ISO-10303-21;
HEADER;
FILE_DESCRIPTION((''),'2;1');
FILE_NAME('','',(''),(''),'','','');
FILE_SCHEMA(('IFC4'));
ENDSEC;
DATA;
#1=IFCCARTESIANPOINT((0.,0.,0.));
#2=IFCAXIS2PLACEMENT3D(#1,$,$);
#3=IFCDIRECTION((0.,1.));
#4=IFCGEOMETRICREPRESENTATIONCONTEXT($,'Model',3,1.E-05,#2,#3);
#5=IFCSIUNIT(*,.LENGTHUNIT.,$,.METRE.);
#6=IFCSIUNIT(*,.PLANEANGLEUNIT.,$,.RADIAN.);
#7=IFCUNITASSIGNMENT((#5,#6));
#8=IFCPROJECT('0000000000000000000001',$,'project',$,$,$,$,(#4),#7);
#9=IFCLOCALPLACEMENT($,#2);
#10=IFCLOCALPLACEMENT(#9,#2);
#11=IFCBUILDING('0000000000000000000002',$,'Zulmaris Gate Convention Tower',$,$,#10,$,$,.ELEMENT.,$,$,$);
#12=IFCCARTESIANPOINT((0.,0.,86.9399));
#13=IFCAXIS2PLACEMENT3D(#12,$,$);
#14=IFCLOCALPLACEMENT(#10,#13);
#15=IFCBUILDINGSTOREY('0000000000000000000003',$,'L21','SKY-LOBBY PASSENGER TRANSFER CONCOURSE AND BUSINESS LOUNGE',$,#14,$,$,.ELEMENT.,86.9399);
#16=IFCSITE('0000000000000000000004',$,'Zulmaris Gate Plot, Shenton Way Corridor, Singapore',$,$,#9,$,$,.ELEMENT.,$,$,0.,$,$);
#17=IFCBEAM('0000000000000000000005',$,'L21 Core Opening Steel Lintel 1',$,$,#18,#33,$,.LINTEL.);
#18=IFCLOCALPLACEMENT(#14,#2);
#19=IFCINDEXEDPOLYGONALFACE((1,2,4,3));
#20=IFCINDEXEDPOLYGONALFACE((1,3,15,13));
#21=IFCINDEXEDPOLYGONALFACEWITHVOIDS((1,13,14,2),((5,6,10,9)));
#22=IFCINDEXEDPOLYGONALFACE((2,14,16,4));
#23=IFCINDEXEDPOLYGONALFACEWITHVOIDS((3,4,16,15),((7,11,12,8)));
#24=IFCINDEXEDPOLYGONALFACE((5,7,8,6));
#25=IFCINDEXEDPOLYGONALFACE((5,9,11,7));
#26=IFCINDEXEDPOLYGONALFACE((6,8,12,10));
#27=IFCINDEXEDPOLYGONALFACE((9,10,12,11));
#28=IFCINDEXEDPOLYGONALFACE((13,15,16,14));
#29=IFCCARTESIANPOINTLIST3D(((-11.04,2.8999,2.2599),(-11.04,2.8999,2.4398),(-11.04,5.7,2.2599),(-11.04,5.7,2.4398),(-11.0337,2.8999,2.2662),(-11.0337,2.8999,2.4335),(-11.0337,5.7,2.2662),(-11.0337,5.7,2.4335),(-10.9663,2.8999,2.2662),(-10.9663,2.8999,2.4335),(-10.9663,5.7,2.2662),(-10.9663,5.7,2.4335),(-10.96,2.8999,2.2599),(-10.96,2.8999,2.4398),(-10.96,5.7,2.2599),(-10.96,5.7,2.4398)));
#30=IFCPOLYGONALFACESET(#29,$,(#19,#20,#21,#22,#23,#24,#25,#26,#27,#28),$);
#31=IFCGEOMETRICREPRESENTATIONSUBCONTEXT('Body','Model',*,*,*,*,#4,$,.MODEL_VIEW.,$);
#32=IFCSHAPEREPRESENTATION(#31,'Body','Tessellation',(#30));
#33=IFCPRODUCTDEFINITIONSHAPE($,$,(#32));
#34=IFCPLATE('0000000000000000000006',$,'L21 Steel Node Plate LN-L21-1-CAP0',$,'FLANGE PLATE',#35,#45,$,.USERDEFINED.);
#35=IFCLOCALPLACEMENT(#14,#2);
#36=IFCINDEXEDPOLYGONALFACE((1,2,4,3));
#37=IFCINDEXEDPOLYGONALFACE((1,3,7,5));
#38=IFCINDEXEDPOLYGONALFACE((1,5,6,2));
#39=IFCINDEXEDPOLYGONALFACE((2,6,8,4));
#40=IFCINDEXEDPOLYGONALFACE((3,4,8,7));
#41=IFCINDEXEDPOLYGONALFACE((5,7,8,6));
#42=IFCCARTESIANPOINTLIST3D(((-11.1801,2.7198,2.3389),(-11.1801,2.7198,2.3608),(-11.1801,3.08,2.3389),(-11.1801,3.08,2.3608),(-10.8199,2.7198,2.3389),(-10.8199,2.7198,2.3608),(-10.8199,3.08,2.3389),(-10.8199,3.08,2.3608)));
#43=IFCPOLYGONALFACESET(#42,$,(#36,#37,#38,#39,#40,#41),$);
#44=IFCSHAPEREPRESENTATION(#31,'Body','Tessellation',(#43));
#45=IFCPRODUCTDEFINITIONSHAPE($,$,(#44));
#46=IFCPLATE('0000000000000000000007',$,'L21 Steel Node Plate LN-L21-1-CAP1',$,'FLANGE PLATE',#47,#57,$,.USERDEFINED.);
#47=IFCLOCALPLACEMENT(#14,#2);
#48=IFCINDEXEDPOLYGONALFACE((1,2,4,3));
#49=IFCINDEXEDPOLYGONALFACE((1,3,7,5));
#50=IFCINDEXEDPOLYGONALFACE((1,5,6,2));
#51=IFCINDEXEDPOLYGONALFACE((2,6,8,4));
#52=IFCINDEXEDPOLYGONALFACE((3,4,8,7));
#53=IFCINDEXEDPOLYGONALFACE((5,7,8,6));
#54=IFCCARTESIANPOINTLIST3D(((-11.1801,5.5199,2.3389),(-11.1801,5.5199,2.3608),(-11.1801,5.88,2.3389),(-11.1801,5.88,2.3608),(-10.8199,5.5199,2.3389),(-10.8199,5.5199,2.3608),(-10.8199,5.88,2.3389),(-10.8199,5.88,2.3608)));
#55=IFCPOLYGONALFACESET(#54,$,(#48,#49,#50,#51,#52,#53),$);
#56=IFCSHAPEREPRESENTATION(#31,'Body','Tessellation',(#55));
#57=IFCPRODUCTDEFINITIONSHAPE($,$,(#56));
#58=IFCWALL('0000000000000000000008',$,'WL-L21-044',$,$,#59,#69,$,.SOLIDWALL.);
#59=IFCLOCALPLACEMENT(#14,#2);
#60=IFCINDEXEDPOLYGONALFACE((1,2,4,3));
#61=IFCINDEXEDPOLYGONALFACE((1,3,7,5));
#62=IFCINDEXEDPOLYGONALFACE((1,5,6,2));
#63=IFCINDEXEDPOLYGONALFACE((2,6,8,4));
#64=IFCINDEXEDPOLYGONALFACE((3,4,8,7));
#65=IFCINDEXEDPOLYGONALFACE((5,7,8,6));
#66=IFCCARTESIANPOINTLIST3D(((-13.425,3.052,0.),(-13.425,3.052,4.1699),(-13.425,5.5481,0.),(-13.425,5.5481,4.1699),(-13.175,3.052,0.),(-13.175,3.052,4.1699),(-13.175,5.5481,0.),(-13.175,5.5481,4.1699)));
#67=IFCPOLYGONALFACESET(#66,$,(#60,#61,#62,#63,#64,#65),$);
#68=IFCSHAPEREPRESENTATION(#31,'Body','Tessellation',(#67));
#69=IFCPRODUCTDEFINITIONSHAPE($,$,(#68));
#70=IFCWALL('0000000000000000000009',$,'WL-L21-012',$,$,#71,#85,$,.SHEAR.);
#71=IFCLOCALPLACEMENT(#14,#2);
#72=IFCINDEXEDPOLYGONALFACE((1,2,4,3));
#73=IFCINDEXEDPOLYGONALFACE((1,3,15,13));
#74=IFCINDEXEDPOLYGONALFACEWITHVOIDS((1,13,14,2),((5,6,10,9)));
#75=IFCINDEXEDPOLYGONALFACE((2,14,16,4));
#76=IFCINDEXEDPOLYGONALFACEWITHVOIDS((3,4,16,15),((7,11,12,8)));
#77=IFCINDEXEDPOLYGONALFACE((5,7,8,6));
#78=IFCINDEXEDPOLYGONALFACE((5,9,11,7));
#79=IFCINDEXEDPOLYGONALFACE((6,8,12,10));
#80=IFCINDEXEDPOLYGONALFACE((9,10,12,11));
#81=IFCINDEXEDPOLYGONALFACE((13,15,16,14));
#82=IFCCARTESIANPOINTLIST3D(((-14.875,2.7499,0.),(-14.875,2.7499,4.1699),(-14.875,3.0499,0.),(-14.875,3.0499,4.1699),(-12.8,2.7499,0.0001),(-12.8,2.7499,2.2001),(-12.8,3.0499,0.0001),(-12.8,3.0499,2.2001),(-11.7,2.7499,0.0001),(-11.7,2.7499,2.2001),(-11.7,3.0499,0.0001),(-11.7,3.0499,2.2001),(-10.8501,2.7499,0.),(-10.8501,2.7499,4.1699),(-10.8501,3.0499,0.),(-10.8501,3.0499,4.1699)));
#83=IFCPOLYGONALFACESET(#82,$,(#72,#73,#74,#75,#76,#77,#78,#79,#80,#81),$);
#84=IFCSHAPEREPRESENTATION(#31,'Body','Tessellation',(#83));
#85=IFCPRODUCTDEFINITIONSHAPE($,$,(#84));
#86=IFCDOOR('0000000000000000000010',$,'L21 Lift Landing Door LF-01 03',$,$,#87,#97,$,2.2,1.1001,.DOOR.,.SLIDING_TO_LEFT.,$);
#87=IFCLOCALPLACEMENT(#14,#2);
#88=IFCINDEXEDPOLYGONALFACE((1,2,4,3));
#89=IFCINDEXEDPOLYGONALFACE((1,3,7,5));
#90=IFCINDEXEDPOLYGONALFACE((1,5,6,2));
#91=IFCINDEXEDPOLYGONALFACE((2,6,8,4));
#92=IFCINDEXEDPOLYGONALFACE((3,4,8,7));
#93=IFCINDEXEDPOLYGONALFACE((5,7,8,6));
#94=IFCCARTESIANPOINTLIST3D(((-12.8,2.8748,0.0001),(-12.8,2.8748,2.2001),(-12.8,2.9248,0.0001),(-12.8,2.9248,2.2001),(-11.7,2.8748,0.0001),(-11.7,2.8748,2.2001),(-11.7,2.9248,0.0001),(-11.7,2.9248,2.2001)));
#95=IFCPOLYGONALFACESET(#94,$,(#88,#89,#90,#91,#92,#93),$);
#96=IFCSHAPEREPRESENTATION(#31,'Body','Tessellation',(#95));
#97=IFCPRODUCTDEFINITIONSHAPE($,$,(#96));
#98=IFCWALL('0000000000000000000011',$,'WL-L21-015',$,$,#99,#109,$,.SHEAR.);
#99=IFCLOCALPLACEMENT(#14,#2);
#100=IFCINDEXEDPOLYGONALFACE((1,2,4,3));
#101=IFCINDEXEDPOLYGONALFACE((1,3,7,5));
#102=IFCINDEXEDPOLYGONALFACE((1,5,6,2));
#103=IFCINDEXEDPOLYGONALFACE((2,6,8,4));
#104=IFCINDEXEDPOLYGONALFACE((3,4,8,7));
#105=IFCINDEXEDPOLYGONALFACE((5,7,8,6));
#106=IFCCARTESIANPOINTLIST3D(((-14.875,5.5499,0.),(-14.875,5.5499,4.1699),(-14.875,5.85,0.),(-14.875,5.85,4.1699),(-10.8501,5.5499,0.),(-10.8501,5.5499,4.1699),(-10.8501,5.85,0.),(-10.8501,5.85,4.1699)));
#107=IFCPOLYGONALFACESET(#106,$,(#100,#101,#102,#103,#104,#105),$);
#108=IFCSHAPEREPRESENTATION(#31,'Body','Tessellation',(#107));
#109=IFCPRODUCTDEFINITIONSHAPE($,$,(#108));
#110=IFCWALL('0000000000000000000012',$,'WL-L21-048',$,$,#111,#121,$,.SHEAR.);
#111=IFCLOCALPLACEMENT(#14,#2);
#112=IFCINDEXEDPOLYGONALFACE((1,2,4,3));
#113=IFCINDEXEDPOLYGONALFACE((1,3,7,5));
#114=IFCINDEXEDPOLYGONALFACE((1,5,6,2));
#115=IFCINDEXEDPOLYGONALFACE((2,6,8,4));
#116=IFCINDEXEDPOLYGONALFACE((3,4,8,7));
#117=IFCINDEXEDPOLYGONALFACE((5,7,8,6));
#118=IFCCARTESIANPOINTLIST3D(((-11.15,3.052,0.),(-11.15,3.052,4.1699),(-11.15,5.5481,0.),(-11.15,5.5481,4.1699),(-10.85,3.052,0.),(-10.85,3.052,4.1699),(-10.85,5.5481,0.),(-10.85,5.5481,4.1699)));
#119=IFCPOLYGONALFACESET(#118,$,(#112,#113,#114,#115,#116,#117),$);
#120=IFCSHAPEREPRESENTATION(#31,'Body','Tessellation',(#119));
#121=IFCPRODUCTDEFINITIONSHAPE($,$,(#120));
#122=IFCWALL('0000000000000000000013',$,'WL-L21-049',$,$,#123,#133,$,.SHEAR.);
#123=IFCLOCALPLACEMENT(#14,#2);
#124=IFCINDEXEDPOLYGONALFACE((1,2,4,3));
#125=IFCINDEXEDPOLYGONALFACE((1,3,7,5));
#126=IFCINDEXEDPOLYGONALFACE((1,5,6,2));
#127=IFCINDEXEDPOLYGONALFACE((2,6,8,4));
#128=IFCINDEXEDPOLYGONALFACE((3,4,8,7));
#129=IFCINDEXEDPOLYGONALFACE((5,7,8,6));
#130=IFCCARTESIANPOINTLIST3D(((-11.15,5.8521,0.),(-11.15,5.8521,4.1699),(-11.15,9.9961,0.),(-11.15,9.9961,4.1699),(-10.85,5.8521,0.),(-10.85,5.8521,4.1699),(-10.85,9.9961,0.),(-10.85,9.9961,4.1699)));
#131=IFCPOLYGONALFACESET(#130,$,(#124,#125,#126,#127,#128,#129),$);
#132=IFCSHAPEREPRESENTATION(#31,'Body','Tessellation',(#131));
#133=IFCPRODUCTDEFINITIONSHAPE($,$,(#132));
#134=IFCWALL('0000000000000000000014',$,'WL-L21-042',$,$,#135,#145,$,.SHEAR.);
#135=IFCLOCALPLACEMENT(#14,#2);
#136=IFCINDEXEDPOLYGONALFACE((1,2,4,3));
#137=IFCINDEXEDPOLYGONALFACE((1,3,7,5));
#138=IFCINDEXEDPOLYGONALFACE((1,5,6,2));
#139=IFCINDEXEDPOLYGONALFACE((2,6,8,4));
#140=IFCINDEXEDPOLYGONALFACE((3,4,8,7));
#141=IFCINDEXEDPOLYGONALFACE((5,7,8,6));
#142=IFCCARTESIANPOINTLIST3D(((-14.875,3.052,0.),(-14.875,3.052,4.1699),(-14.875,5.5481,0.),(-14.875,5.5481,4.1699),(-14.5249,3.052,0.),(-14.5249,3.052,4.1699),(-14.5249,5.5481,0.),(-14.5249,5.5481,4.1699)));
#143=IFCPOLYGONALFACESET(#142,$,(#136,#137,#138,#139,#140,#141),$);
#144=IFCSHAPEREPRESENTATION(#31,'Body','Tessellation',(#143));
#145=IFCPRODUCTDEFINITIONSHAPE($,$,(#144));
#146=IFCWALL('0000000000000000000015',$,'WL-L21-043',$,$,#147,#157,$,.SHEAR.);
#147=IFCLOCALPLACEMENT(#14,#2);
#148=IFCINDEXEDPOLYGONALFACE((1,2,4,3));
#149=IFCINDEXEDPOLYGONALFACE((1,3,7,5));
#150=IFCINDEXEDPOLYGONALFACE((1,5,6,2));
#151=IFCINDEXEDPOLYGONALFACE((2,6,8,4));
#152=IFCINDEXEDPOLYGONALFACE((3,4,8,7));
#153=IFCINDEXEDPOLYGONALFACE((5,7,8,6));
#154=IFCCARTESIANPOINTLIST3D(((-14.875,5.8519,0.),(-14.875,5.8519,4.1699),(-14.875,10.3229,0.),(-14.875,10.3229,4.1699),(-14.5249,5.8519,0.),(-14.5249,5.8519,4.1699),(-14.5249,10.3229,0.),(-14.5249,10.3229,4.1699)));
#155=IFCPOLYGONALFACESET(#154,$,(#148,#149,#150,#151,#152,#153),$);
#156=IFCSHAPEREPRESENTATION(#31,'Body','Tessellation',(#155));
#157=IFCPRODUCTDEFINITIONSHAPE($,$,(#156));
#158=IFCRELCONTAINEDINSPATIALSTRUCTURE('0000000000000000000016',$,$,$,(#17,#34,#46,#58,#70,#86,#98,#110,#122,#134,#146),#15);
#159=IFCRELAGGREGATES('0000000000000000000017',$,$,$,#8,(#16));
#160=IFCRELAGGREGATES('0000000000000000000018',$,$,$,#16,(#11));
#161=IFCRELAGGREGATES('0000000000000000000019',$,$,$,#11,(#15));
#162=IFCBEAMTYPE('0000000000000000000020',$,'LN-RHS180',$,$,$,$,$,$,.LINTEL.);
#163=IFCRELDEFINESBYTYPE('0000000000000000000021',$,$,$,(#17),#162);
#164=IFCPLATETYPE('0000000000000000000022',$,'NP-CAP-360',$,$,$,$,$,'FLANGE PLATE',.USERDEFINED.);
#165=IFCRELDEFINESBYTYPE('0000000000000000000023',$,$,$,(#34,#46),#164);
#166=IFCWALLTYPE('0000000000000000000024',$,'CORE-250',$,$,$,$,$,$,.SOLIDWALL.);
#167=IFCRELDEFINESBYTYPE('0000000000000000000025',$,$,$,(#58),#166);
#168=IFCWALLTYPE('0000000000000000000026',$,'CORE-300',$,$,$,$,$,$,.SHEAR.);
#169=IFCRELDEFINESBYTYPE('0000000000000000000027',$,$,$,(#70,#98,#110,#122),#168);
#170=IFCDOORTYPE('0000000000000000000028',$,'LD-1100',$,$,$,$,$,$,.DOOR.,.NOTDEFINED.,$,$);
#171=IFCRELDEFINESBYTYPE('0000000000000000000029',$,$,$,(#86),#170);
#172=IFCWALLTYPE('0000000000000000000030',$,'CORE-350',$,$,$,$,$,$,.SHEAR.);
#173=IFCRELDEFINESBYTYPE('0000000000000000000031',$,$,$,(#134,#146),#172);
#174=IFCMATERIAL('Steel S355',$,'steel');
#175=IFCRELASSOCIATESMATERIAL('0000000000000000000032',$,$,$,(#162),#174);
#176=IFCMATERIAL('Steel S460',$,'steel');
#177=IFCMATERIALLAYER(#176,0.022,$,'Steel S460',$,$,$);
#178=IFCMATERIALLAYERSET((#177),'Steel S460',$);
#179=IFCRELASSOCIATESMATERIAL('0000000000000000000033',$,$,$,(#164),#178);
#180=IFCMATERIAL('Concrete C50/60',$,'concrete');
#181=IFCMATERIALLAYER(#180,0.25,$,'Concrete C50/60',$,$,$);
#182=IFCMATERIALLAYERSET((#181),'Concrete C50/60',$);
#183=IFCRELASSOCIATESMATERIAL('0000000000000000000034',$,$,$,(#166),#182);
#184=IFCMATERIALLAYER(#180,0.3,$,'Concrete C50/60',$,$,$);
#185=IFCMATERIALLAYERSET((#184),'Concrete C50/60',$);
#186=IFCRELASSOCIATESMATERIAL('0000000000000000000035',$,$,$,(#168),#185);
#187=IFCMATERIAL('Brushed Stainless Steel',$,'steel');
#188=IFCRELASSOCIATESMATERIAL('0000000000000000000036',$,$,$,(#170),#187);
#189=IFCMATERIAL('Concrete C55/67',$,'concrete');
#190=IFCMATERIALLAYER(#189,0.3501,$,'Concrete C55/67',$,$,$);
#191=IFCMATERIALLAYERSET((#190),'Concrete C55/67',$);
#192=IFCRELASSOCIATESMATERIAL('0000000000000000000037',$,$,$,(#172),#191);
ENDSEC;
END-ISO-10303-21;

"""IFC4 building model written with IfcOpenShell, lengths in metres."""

from ifc_helpers import new_model, si_unit, direction, frame, frame_2d, origin, origin_2d, place, context, subcontext, project, spatial, rectangle, hollow_rectangle, extrude, material, layer, layer_set, material_profile, profile_set, type_object, element, fill, save


model = new_model("IFC4")

# Units and contexts
model_context = context("Model", 3, precision=1e-05, world=origin(), true_north=direction((0.0, 1.0)))
body_context = subcontext(model_context, "Body", "Model", "MODEL_VIEW")
ifc_project = project(units=[si_unit("LENGTHUNIT", "METRE"), si_unit("PLANEANGLEUNIT", "RADIAN")], contexts=[model_context])

# Site, building, storey
site_placement = place(None, origin())
site = spatial("IfcSite", under=ifc_project, at=site_placement, Name="Zulmaris Gate Plot, Shenton Way Corridor, Singapore", CompositionType="ELEMENT", RefElevation=0.0)
building_placement = place(site_placement, origin())
building = spatial("IfcBuilding", under=site, at=building_placement, Name="Zulmaris Gate Convention Tower", CompositionType="ELEMENT")
storey_placement = place(building_placement, frame((0.0, 0.0, 86.9399)))
storey = spatial("IfcBuildingStorey", under=building, at=storey_placement, Name="L21", Description="SKY-LOBBY PASSENGER TRANSFER CONCOURSE AND BUSINESS LOUNGE", CompositionType="ELEMENT", Elevation=86.9399)

# Beam
ifc_material_1 = material(Name="Steel S355", Category="steel")
ifc_material_profile = material_profile(ifc_material_1, hollow_rectangle(XDim=0.0801, YDim=0.1799, WallThickness=0.0063, at=origin_2d()), Name="RHS 180x80x6.3")
ifc_profile_set = profile_set([ifc_material_profile], Name="Steel S355")
beam_type = type_object("IfcBeamType", Name="LN-RHS180", PredefinedType="LINTEL", material=ifc_profile_set)
beam_placement = place(storey_placement, frame((-11.0, 2.8999, 2.3499), z_axis=(0.0, 1.0, 0.0), x_axis=(-1.0, 0.0, 0.0)))
element("IfcBeam", 1, at=beam_placement, inside=storey, type_object=beam_type, Name="L21 Core Opening Steel Lintel 1", PredefinedType="LINTEL", context=body_context, shape_type="SweptSolid", body=[
    extrude(hollow_rectangle(XDim=0.0801, YDim=0.1799, WallThickness=0.0063, at=origin_2d()), origin(), (0.0, 0.0, 1.0), 2.8),
])

# Plates
ifc_material_2 = material(Name="Steel S460", Category="steel")
ifc_layer_1 = layer(ifc_material_2, 0.022, Name="Steel S460")
ifc_layer_set_1 = layer_set([ifc_layer_1], Name="Steel S460")
plate_type = type_object("IfcPlateType", Name="NP-CAP-360", ElementType="FLANGE PLATE", PredefinedType="USERDEFINED", material=ifc_layer_set_1)
for number, where, z_axis, x_axis, name in (
    (2, (-11.0, 2.8999, 2.3389), (0.0, 0.0, 1.0), (1.0, 0.0, 0.0), "L21 Steel Node Plate LN-L21-1-CAP0"),
    (3, (-11.0, 5.7, 2.3389), (0.0, 0.0, 1.0), (1.0, 0.0, 0.0), "L21 Steel Node Plate LN-L21-1-CAP1"),
):
    element("IfcPlate", number, at=place(storey_placement, frame(where, z_axis=z_axis, x_axis=x_axis)), inside=storey, type_object=plate_type, Name=name, ObjectType="FLANGE PLATE", PredefinedType="USERDEFINED", context=body_context, shape_type="SweptSolid", body=[
        extrude(rectangle(XDim=0.3601, YDim=0.3601, at=origin_2d()), origin(), (0.0, 0.0, 1.0), 0.022),
    ])

# Wall
ifc_material_3 = material(Name="Concrete C50/60", Category="concrete")
ifc_layer_2 = layer(ifc_material_3, 0.25, Name="Concrete C50/60")
ifc_layer_set_2 = layer_set([ifc_layer_2], Name="Concrete C50/60")
wall_type_1 = type_object("IfcWallType", Name="CORE-250", PredefinedType="SOLIDWALL", material=ifc_layer_set_2)
wall_1_placement = place(storey_placement, frame((-13.3, 3.052, 0.0), z_axis=(0.0, 0.0, 1.0), x_axis=(0.0, 1.0, 0.0)))
element("IfcWall", 4, at=wall_1_placement, inside=storey, type_object=wall_type_1, Name="WL-L21-044", PredefinedType="SOLIDWALL", context=body_context, shape_type="SweptSolid", body=[
    extrude(rectangle(XDim=2.4961, YDim=0.25, at=frame_2d((1.248, 0.0))), origin(), (0.0, 0.0, 1.0), 4.1699),
])

# Wall, opening, door
ifc_layer_3 = layer(ifc_material_3, 0.3, Name="Concrete C50/60")
ifc_layer_set_3 = layer_set([ifc_layer_3], Name="Concrete C50/60")
wall_type_2 = type_object("IfcWallType", Name="CORE-300", PredefinedType="SHEAR", material=ifc_layer_set_3)
wall_2_placement = place(storey_placement, frame((-14.875, 2.8999, 0.0), z_axis=(0.0, 0.0, 1.0), x_axis=(1.0, 0.0, 0.0)))
wall_2 = element("IfcWall", 5, at=wall_2_placement, inside=storey, type_object=wall_type_2, Name="WL-L21-012", PredefinedType="SHEAR", context=body_context, shape_type="SweptSolid", body=[
    extrude(rectangle(XDim=4.0249, YDim=0.3, at=frame_2d((2.0125, 0.0))), origin(), (0.0, 0.0, 1.0), 4.1699),
])
opening_1_placement = place(wall_2_placement, frame((2.075, 0.0, 0.0)))
opening_1 = element("IfcOpeningElement", 6, at=opening_1_placement, cuts=wall_2, PredefinedType="OPENING", context=body_context, shape_type="SweptSolid", body=[
    extrude(rectangle(XDim=1.1001, YDim=2.2, at=frame_2d((0.55, 1.1001))), frame((0.0, 0.1602, 0.0), z_axis=(0.0, -1.0, 0.0), x_axis=(1.0, 0.0, 0.0)), (0.0, 0.0, 1.0), 0.3201),
])
ifc_material_4 = material(Name="Brushed Stainless Steel", Category="steel")
door_type_1 = type_object("IfcDoorType", Name="LD-1100", OperationType="NOTDEFINED", PredefinedType="DOOR", material=ifc_material_4)
door_1_placement = place(opening_1_placement, origin())
door_1 = element("IfcDoor", 7, at=door_1_placement, inside=storey, type_object=door_type_1, Name="L21 Lift Landing Door LF-01 03", OperationType="SLIDING_TO_LEFT", OverallHeight=2.2, OverallWidth=1.1001, PredefinedType="DOOR", context=body_context, shape_type="SweptSolid", body=[
    extrude(rectangle(XDim=1.1001, YDim=2.2, at=frame_2d((0.55, 1.1001))), frame((0.0, 0.0249, 0.0), z_axis=(0.0, -1.0, 0.0), x_axis=(1.0, 0.0, 0.0)), (0.0, 0.0, 1.0), 0.05),
])
fill(opening_1, door_1)

# Wall
wall_3_placement = place(storey_placement, frame((-14.875, 5.7, 0.0), z_axis=(0.0, 0.0, 1.0), x_axis=(1.0, 0.0, 0.0)))
element("IfcWall", 8, at=wall_3_placement, inside=storey, type_object=wall_type_2, Name="WL-L21-015", PredefinedType="SHEAR", context=body_context, shape_type="SweptSolid", body=[
    extrude(rectangle(XDim=4.0249, YDim=0.3, at=frame_2d((2.0125, 0.0))), origin(), (0.0, 0.0, 1.0), 4.1699),
])

# Walls
wall_4_placement = place(storey_placement, frame((-11.0, 3.052, 0.0), z_axis=(0.0, 0.0, 1.0), x_axis=(0.0, 1.0, 0.0)))
element("IfcWall", 9, at=wall_4_placement, inside=storey, type_object=wall_type_2, Name="WL-L21-048", PredefinedType="SHEAR", context=body_context, shape_type="SweptSolid", body=[
    extrude(rectangle(XDim=2.4961, YDim=0.3, at=frame_2d((1.248, 0.0))), origin(), (0.0, 0.0, 1.0), 4.1699),
])
wall_5_placement = place(storey_placement, frame((-11.0, 5.8521, 0.0), z_axis=(0.0, 0.0, 1.0), x_axis=(0.0, 1.0, 0.0)))
element("IfcWall", 10, at=wall_5_placement, inside=storey, type_object=wall_type_2, Name="WL-L21-049", PredefinedType="SHEAR", context=body_context, shape_type="SweptSolid", body=[
    extrude(rectangle(XDim=4.144, YDim=0.3, at=frame_2d((2.072, 0.0))), origin(), (0.0, 0.0, 1.0), 4.1699),
])
ifc_material_5 = material(Name="Concrete C55/67", Category="concrete")
ifc_layer_4 = layer(ifc_material_5, 0.3501, Name="Concrete C55/67")
ifc_layer_set_4 = layer_set([ifc_layer_4], Name="Concrete C55/67")
wall_type_3 = type_object("IfcWallType", Name="CORE-350", PredefinedType="SHEAR", material=ifc_layer_set_4)
wall_6_placement = place(storey_placement, frame((-14.7, 3.052, 0.0), z_axis=(0.0, 0.0, 1.0), x_axis=(0.0, 1.0, 0.0)))
element("IfcWall", 11, at=wall_6_placement, inside=storey, type_object=wall_type_3, Name="WL-L21-042", PredefinedType="SHEAR", context=body_context, shape_type="SweptSolid", body=[
    extrude(rectangle(XDim=2.4961, YDim=0.3501, at=frame_2d((1.248, 0.0))), origin(), (0.0, 0.0, 1.0), 4.1699),
])
wall_7_placement = place(storey_placement, frame((-14.7, 5.8521, 0.0), z_axis=(0.0, 0.0, 1.0), x_axis=(0.0, 1.0, 0.0)))
element("IfcWall", 12, at=wall_7_placement, inside=storey, type_object=wall_type_3, Name="WL-L21-043", PredefinedType="SHEAR", context=body_context, shape_type="SweptSolid", body=[
    extrude(rectangle(XDim=4.4709, YDim=0.3501, at=frame_2d((2.2354, 0.0))), origin(), (0.0, 0.0, 1.0), 4.1699),
])

save(model, "model.ifc")
